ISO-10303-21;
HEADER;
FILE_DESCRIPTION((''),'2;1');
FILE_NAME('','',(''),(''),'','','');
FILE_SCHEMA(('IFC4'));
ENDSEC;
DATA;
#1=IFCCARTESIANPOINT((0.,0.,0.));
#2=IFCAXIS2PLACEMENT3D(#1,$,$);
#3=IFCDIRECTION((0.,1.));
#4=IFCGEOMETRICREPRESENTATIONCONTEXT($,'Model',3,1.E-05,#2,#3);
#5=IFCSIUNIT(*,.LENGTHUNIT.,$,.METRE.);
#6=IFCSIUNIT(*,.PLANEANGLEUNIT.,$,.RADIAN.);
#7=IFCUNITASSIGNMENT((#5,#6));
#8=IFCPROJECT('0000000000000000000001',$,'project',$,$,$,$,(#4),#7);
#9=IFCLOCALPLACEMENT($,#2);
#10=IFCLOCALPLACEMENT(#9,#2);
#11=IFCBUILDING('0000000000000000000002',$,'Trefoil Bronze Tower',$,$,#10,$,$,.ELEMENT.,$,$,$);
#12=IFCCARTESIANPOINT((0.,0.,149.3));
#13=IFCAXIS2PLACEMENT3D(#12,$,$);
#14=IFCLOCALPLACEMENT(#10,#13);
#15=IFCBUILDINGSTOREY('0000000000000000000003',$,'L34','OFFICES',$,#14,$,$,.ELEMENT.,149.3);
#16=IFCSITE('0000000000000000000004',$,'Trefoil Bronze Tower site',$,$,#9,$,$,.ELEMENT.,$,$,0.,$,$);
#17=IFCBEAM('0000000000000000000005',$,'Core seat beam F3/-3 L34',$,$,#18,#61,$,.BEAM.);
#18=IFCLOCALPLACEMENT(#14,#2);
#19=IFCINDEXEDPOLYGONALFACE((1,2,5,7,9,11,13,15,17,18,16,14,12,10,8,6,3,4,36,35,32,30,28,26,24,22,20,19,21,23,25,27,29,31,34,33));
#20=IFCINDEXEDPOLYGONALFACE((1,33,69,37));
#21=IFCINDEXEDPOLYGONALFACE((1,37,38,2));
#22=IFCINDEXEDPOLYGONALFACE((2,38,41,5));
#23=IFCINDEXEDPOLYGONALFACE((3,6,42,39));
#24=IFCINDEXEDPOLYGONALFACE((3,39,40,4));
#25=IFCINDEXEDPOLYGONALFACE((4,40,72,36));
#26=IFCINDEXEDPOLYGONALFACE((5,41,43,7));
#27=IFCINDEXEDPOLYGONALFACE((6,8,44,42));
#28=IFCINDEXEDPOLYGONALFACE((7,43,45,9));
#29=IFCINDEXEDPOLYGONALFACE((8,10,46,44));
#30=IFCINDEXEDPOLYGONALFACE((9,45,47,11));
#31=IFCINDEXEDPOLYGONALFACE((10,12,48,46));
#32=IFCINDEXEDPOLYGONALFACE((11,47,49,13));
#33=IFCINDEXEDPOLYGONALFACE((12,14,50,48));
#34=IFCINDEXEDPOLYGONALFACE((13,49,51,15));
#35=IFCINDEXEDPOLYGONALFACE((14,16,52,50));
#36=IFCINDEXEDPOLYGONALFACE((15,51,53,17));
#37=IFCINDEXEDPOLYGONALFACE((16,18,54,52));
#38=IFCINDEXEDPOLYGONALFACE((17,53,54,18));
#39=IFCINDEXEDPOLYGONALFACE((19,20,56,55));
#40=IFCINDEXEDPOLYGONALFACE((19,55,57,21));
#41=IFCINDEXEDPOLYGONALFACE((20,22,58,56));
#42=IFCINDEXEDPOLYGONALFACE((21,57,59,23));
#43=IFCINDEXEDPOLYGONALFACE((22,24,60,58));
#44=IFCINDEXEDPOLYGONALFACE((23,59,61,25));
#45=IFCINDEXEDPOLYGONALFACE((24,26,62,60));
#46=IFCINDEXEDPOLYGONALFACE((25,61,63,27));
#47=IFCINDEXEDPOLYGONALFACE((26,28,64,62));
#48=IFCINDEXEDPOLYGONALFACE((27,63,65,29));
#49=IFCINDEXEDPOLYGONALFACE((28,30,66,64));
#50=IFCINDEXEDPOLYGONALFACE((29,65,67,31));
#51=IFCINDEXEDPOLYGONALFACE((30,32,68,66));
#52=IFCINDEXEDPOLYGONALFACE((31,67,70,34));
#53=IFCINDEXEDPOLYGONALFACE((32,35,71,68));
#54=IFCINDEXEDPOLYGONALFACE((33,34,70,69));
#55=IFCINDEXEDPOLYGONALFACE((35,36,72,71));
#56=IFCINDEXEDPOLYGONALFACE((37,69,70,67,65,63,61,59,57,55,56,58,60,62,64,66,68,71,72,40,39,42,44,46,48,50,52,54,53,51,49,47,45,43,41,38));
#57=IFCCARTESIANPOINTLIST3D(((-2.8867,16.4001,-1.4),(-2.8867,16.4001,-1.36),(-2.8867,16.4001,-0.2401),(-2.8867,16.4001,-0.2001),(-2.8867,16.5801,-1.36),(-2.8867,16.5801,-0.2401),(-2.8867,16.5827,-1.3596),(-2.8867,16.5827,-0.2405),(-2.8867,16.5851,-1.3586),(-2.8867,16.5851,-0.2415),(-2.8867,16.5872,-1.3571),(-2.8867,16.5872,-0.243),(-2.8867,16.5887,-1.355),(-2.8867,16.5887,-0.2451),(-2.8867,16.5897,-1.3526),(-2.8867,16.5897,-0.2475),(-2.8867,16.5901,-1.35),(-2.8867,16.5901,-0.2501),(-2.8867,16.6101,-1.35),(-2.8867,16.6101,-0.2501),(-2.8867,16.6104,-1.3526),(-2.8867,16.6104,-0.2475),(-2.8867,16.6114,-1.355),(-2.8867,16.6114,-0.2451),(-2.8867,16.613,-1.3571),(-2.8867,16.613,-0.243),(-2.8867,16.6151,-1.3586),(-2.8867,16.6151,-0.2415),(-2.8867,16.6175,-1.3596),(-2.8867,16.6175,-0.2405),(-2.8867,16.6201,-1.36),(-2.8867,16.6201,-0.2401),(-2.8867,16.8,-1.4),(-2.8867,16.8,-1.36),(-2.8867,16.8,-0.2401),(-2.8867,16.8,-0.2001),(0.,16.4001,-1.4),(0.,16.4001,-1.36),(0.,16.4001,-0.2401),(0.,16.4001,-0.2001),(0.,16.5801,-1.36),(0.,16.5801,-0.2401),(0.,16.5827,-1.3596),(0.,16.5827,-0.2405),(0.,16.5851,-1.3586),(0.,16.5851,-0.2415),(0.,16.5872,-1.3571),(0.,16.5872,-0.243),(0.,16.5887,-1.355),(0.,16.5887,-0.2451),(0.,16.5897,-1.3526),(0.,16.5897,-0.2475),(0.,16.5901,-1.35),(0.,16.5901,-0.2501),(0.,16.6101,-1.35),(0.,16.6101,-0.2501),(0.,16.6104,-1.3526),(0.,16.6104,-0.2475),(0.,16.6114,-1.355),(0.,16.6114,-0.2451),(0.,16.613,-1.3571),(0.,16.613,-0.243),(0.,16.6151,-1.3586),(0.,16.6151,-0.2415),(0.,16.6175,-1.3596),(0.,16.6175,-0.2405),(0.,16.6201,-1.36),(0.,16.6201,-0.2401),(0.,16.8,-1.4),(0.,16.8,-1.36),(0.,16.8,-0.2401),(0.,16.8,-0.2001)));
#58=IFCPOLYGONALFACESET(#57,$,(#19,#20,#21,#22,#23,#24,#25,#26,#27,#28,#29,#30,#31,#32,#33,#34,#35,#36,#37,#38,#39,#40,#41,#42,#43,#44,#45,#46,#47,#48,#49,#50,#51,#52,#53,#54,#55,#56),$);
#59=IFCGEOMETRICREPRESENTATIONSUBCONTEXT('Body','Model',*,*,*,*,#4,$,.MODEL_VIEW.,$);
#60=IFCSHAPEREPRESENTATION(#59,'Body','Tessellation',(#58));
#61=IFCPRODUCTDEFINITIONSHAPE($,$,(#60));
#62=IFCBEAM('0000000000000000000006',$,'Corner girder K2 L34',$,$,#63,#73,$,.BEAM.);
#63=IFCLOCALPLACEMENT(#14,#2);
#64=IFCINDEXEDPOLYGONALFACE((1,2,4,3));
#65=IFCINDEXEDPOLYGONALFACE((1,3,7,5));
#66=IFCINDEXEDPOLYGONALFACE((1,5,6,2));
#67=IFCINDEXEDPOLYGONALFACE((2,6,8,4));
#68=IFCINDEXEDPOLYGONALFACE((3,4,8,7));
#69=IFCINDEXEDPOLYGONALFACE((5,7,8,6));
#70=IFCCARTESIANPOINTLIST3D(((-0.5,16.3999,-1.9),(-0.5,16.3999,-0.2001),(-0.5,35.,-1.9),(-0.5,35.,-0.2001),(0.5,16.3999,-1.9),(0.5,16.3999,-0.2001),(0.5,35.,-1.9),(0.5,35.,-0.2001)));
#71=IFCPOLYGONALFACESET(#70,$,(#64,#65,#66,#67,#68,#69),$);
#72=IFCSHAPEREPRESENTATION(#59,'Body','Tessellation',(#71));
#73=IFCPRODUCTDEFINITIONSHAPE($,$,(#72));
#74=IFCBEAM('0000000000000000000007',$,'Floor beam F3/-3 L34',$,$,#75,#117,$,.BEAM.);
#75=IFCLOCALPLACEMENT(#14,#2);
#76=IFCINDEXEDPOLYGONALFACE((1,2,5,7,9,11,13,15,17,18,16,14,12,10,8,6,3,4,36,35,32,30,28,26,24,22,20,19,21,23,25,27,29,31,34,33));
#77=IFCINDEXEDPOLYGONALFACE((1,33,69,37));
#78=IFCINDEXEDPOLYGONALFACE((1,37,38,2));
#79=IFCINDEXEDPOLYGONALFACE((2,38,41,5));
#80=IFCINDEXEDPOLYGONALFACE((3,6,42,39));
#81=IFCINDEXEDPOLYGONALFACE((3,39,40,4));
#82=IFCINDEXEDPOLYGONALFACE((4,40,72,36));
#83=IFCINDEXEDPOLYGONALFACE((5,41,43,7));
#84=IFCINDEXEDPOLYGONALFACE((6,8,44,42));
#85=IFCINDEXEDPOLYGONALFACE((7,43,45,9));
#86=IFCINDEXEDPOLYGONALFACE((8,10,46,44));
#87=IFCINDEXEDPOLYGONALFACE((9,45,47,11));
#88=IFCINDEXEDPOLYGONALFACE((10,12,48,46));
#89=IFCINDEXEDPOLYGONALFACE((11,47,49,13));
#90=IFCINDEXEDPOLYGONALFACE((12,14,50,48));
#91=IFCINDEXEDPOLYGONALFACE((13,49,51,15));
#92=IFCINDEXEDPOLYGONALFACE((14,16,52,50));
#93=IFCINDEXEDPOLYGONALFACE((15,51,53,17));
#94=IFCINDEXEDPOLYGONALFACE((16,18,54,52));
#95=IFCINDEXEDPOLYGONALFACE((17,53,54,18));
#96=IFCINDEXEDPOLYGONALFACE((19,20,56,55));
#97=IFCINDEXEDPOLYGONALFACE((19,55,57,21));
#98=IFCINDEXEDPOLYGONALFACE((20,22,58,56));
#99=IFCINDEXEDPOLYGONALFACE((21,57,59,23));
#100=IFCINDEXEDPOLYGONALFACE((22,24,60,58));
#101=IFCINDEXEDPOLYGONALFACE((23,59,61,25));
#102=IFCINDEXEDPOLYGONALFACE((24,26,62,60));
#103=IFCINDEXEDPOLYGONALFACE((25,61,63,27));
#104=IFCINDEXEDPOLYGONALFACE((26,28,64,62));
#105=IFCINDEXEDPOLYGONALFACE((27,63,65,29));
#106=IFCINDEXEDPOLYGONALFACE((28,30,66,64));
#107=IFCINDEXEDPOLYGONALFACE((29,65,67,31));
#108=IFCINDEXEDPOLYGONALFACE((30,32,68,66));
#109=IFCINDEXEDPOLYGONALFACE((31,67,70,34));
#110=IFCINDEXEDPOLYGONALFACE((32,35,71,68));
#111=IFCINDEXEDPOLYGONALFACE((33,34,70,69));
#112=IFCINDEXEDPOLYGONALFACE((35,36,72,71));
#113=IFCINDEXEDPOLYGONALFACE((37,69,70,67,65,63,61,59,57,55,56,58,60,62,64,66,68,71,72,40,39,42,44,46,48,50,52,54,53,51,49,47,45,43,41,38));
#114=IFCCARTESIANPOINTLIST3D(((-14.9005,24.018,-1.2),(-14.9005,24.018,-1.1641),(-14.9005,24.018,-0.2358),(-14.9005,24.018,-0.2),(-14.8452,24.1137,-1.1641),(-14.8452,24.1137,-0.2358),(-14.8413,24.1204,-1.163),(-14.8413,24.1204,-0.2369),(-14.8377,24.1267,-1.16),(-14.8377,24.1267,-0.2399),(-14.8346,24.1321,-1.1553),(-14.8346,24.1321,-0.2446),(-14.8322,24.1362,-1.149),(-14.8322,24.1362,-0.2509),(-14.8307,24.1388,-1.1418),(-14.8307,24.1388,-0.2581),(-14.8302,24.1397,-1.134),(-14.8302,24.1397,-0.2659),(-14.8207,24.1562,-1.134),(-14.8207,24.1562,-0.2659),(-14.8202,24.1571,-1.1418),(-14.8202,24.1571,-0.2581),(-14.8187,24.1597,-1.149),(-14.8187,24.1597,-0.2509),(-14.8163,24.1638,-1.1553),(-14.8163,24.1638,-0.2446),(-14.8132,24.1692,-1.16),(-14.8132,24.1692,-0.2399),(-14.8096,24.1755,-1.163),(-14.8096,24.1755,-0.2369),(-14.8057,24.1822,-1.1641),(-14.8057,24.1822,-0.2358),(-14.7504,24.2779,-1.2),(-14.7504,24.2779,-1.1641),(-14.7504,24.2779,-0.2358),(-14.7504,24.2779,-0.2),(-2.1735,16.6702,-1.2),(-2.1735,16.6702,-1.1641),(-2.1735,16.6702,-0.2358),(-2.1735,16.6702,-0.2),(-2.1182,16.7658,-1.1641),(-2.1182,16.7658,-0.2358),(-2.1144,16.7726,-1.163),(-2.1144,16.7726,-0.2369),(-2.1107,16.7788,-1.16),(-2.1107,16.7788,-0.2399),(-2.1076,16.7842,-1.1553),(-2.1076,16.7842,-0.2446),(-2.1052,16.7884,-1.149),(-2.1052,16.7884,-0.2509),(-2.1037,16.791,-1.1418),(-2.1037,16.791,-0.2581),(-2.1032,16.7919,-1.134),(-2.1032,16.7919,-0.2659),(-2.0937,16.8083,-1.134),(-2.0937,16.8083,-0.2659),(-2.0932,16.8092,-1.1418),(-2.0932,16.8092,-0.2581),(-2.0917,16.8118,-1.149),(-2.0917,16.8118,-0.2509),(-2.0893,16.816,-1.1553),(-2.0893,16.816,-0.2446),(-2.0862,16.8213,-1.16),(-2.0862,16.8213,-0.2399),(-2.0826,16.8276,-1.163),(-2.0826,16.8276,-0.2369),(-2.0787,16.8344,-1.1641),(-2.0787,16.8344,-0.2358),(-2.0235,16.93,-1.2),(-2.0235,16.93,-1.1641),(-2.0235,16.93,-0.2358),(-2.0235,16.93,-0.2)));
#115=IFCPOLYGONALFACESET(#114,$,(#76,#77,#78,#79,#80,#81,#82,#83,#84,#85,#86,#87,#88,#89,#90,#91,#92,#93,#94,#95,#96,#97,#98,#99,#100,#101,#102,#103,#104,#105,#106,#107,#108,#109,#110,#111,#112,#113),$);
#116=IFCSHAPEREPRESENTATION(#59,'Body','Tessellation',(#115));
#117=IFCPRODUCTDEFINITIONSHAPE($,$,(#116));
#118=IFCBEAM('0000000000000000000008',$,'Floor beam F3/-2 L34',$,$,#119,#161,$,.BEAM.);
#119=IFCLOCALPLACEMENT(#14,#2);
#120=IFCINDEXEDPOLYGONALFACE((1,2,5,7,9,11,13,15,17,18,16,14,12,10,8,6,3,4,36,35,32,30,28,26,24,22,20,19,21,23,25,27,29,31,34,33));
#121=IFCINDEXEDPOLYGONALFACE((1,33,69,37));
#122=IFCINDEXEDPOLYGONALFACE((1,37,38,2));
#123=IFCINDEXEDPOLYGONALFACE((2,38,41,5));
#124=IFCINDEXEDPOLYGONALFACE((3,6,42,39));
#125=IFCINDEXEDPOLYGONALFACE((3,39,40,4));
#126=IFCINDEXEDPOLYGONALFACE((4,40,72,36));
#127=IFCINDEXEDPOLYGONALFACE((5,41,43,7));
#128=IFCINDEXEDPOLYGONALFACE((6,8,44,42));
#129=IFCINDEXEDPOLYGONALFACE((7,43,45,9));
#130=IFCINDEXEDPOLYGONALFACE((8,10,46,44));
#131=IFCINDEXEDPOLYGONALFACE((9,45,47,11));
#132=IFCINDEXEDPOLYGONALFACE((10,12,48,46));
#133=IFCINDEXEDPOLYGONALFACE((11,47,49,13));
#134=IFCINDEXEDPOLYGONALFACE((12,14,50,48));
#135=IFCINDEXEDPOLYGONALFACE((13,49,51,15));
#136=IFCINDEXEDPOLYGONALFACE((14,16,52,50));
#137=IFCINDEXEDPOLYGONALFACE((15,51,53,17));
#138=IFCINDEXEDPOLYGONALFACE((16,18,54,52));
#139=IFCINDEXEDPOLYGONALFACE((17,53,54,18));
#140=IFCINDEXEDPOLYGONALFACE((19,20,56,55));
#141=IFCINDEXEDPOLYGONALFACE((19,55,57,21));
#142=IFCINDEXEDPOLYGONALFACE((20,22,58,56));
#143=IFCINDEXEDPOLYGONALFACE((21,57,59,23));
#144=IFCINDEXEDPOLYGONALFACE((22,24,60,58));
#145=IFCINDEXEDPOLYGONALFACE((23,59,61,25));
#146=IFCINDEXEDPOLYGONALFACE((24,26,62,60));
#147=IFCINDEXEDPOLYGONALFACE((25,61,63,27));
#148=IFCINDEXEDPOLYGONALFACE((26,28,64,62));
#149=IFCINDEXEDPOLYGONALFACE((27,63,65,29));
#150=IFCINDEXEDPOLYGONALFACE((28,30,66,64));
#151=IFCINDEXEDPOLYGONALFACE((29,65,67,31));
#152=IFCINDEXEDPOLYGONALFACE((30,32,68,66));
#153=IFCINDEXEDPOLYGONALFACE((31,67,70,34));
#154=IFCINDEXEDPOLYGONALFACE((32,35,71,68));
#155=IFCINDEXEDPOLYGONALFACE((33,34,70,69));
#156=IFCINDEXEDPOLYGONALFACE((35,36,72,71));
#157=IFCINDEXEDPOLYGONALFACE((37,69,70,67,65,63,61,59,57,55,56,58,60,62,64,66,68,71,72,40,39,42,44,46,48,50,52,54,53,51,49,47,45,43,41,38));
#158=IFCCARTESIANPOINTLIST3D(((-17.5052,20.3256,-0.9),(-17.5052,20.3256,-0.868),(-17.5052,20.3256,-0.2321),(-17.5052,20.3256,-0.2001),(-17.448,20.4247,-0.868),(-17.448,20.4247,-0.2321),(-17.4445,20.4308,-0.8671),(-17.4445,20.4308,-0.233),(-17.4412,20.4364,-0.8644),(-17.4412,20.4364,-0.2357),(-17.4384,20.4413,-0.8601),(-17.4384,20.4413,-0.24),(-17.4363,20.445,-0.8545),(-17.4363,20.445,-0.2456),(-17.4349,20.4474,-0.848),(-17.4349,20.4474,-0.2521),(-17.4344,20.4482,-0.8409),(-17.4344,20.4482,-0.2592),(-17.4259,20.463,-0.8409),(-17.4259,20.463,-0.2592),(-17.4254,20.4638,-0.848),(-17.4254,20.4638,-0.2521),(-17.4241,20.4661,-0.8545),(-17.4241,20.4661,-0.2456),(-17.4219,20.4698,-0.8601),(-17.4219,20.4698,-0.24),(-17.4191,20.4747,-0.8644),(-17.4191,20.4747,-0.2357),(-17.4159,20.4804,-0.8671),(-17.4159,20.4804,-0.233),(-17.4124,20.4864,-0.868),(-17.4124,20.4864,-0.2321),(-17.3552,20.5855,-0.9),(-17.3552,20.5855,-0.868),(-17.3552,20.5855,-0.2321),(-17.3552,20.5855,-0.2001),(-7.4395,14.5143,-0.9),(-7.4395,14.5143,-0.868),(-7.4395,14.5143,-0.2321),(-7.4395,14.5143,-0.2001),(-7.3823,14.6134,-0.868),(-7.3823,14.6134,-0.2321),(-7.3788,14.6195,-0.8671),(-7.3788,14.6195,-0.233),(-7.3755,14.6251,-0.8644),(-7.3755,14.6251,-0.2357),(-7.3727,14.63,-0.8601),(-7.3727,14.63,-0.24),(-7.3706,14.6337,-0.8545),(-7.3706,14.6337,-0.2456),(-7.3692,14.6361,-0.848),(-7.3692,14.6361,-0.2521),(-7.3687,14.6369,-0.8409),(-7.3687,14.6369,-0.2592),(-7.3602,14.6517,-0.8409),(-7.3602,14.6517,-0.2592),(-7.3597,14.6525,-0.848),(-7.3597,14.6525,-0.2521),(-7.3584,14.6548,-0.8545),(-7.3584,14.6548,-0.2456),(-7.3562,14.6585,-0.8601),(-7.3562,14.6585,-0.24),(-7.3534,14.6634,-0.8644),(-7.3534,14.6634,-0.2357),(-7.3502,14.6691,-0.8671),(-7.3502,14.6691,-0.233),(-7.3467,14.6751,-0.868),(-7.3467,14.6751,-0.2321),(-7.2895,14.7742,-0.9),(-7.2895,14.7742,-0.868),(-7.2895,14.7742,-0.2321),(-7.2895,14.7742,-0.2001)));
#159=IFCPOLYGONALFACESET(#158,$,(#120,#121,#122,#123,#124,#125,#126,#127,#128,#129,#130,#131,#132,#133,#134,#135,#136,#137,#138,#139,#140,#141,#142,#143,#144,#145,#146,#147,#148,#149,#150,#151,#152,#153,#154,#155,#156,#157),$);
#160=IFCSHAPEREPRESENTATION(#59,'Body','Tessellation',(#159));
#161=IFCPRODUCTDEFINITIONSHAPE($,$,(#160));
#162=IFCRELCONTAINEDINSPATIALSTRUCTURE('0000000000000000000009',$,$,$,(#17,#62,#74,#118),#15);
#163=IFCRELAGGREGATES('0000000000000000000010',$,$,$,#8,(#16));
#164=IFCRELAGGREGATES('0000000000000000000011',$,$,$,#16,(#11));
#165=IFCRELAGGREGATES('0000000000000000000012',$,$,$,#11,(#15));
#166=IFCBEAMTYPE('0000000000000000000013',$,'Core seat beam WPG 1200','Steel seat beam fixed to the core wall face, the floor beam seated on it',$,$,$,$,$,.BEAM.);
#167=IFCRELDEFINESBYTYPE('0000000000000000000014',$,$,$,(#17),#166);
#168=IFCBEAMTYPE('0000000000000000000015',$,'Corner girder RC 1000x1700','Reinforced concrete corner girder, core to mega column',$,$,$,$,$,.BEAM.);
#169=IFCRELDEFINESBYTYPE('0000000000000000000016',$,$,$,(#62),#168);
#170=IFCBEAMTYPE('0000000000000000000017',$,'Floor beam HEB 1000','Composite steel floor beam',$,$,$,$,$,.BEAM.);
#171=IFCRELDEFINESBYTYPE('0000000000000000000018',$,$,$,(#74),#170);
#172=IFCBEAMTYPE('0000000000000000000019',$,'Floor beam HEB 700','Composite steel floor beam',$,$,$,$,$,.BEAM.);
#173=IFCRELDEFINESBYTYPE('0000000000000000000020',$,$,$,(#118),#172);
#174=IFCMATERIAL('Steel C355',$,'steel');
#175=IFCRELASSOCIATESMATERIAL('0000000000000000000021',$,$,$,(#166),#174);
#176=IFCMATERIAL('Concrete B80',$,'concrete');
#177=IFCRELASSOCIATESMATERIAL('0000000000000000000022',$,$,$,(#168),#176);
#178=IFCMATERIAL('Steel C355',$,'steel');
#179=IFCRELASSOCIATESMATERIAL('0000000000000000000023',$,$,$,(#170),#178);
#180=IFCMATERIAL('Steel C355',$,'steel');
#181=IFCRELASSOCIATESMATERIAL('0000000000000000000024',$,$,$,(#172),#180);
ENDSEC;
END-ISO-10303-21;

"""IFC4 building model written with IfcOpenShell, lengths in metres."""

from ifc_helpers import new_model, si_unit, direction, frame, origin, origin_2d, place, context, subcontext, project, spatial, rectangle, i_section, extrude, material, material_profile, profile_set, type_object, element, save


model = new_model("IFC4")

# Units and contexts
model_context = context("Model", 3, precision=1e-05, world=origin(), true_north=direction((0.0, 1.0)))
body_context = subcontext(model_context, "Body", "Model", "MODEL_VIEW")
ifc_project = project(units=[si_unit("LENGTHUNIT", "METRE"), si_unit("PLANEANGLEUNIT", "RADIAN")], contexts=[model_context])

# Site, building, storey
site_placement = place(None, origin())
site = spatial("IfcSite", under=ifc_project, at=site_placement, Name="Trefoil Bronze Tower site", CompositionType="ELEMENT", RefElevation=0.0)
building_placement = place(site_placement, origin())
building = spatial("IfcBuilding", under=site, at=building_placement, Name="Trefoil Bronze Tower", CompositionType="ELEMENT")
storey_placement = place(building_placement, frame((0.0, 0.0, 149.3)))
storey = spatial("IfcBuildingStorey", under=building, at=storey_placement, Name="L34", Description="OFFICES", CompositionType="ELEMENT", Elevation=149.3)

# Beams
ifc_material_1 = material(Name="Steel C355", Category="steel")
ifc_material_profile_1 = material_profile(ifc_material_1, i_section(OverallWidth=0.3999, OverallDepth=1.2, WebThickness=0.02, FlangeThickness=0.04, FilletRadius=0.01, at=origin_2d()), Name="WPG 1200")
ifc_profile_set_1 = profile_set([ifc_material_profile_1], Name="Steel C355")
beam_type_1 = type_object("IfcBeamType", Name="Core seat beam WPG 1200", Description="Steel seat beam fixed to the core wall face, the floor beam seated on it", PredefinedType="BEAM", material=ifc_profile_set_1)
beam_1_placement = place(storey_placement, frame((0.0, 16.6001, -0.8), z_axis=(-1.0, 0.0, 0.0), x_axis=(0.0, -1.0, 0.0)))
element("IfcBeam", 1, at=beam_1_placement, inside=storey, type_object=beam_type_1, Name="Core seat beam F3/-3 L34", PredefinedType="BEAM", context=body_context, shape_type="SweptSolid", body=[
    extrude(i_section(OverallWidth=0.3999, OverallDepth=1.2, WebThickness=0.02, FlangeThickness=0.04, FilletRadius=0.01, at=origin_2d()), origin(), (0.0, 0.0, 1.0), 2.8867),
])
ifc_material_2 = material(Name="Concrete B80", Category="concrete")
ifc_material_profile_2 = material_profile(ifc_material_2, rectangle(XDim=1.0, YDim=1.7, at=origin_2d()), Name="RC 1000x1700")
ifc_profile_set_2 = profile_set([ifc_material_profile_2], Name="Concrete B80")
beam_type_2 = type_object("IfcBeamType", Name="Corner girder RC 1000x1700", Description="Reinforced concrete corner girder, core to mega column", PredefinedType="BEAM", material=ifc_profile_set_2)
beam_2_placement = place(storey_placement, frame((0.0, 16.3999, -1.05), z_axis=(0.0, 1.0, 0.0), x_axis=(-1.0, 0.0, 0.0)))
element("IfcBeam", 2, at=beam_2_placement, inside=storey, type_object=beam_type_2, Name="Corner girder K2 L34", PredefinedType="BEAM", context=body_context, shape_type="SweptSolid", body=[
    extrude(rectangle(XDim=1.0, YDim=1.7, at=origin_2d()), origin(), (0.0, 0.0, 1.0), 18.6001),
])
ifc_material_3 = material(Name="Steel C355", Category="steel")
ifc_material_profile_3 = material_profile(ifc_material_3, i_section(OverallWidth=0.3, OverallDepth=1.0, WebThickness=0.019, FlangeThickness=0.0359, FilletRadius=0.03, at=origin_2d()), Name="HEB 1000")
ifc_profile_set_3 = profile_set([ifc_material_profile_3], Name="Steel C355")
beam_type_3 = type_object("IfcBeamType", Name="Floor beam HEB 1000", Description="Composite steel floor beam", PredefinedType="BEAM", material=ifc_profile_set_3)
beam_3_placement = place(storey_placement, frame((-14.8254, 24.1479, -0.7), z_axis=(0.866027, -0.499997, 0.0), x_axis=(0.499997, 0.866027, 0.0)))
element("IfcBeam", 3, at=beam_3_placement, inside=storey, type_object=beam_type_3, Name="Floor beam F3/-3 L34", PredefinedType="BEAM", context=body_context, shape_type="SweptSolid", body=[
    extrude(i_section(OverallWidth=0.3, OverallDepth=1.0, WebThickness=0.019, FlangeThickness=0.0359, FilletRadius=0.03, at=origin_2d()), origin(), (0.0, 0.0, 1.0), 14.6958),
])
ifc_material_4 = material(Name="Steel C355", Category="steel")
ifc_material_profile_4 = material_profile(ifc_material_4, i_section(OverallWidth=0.3, OverallDepth=0.7, WebThickness=0.0171, FlangeThickness=0.032, FilletRadius=0.0271, at=origin_2d()), Name="HEB 700")
ifc_profile_set_4 = profile_set([ifc_material_profile_4], Name="Steel C355")
beam_type_4 = type_object("IfcBeamType", Name="Floor beam HEB 700", Description="Composite steel floor beam", PredefinedType="BEAM", material=ifc_profile_set_4)
beam_4_placement = place(storey_placement, frame((-17.4302, 20.4556, -0.55), z_axis=(0.866031, -0.499991, 0.0), x_axis=(0.499991, 0.866031, 0.0)))
element("IfcBeam", 4, at=beam_4_placement, inside=storey, type_object=beam_type_4, Name="Floor beam F3/-2 L34", PredefinedType="BEAM", context=body_context, shape_type="SweptSolid", body=[
    extrude(i_section(OverallWidth=0.3, OverallDepth=0.7, WebThickness=0.0171, FlangeThickness=0.032, FilletRadius=0.0271, at=origin_2d()), origin(), (0.0, 0.0, 1.0), 11.6228),
])

save(model, "model.ifc")
